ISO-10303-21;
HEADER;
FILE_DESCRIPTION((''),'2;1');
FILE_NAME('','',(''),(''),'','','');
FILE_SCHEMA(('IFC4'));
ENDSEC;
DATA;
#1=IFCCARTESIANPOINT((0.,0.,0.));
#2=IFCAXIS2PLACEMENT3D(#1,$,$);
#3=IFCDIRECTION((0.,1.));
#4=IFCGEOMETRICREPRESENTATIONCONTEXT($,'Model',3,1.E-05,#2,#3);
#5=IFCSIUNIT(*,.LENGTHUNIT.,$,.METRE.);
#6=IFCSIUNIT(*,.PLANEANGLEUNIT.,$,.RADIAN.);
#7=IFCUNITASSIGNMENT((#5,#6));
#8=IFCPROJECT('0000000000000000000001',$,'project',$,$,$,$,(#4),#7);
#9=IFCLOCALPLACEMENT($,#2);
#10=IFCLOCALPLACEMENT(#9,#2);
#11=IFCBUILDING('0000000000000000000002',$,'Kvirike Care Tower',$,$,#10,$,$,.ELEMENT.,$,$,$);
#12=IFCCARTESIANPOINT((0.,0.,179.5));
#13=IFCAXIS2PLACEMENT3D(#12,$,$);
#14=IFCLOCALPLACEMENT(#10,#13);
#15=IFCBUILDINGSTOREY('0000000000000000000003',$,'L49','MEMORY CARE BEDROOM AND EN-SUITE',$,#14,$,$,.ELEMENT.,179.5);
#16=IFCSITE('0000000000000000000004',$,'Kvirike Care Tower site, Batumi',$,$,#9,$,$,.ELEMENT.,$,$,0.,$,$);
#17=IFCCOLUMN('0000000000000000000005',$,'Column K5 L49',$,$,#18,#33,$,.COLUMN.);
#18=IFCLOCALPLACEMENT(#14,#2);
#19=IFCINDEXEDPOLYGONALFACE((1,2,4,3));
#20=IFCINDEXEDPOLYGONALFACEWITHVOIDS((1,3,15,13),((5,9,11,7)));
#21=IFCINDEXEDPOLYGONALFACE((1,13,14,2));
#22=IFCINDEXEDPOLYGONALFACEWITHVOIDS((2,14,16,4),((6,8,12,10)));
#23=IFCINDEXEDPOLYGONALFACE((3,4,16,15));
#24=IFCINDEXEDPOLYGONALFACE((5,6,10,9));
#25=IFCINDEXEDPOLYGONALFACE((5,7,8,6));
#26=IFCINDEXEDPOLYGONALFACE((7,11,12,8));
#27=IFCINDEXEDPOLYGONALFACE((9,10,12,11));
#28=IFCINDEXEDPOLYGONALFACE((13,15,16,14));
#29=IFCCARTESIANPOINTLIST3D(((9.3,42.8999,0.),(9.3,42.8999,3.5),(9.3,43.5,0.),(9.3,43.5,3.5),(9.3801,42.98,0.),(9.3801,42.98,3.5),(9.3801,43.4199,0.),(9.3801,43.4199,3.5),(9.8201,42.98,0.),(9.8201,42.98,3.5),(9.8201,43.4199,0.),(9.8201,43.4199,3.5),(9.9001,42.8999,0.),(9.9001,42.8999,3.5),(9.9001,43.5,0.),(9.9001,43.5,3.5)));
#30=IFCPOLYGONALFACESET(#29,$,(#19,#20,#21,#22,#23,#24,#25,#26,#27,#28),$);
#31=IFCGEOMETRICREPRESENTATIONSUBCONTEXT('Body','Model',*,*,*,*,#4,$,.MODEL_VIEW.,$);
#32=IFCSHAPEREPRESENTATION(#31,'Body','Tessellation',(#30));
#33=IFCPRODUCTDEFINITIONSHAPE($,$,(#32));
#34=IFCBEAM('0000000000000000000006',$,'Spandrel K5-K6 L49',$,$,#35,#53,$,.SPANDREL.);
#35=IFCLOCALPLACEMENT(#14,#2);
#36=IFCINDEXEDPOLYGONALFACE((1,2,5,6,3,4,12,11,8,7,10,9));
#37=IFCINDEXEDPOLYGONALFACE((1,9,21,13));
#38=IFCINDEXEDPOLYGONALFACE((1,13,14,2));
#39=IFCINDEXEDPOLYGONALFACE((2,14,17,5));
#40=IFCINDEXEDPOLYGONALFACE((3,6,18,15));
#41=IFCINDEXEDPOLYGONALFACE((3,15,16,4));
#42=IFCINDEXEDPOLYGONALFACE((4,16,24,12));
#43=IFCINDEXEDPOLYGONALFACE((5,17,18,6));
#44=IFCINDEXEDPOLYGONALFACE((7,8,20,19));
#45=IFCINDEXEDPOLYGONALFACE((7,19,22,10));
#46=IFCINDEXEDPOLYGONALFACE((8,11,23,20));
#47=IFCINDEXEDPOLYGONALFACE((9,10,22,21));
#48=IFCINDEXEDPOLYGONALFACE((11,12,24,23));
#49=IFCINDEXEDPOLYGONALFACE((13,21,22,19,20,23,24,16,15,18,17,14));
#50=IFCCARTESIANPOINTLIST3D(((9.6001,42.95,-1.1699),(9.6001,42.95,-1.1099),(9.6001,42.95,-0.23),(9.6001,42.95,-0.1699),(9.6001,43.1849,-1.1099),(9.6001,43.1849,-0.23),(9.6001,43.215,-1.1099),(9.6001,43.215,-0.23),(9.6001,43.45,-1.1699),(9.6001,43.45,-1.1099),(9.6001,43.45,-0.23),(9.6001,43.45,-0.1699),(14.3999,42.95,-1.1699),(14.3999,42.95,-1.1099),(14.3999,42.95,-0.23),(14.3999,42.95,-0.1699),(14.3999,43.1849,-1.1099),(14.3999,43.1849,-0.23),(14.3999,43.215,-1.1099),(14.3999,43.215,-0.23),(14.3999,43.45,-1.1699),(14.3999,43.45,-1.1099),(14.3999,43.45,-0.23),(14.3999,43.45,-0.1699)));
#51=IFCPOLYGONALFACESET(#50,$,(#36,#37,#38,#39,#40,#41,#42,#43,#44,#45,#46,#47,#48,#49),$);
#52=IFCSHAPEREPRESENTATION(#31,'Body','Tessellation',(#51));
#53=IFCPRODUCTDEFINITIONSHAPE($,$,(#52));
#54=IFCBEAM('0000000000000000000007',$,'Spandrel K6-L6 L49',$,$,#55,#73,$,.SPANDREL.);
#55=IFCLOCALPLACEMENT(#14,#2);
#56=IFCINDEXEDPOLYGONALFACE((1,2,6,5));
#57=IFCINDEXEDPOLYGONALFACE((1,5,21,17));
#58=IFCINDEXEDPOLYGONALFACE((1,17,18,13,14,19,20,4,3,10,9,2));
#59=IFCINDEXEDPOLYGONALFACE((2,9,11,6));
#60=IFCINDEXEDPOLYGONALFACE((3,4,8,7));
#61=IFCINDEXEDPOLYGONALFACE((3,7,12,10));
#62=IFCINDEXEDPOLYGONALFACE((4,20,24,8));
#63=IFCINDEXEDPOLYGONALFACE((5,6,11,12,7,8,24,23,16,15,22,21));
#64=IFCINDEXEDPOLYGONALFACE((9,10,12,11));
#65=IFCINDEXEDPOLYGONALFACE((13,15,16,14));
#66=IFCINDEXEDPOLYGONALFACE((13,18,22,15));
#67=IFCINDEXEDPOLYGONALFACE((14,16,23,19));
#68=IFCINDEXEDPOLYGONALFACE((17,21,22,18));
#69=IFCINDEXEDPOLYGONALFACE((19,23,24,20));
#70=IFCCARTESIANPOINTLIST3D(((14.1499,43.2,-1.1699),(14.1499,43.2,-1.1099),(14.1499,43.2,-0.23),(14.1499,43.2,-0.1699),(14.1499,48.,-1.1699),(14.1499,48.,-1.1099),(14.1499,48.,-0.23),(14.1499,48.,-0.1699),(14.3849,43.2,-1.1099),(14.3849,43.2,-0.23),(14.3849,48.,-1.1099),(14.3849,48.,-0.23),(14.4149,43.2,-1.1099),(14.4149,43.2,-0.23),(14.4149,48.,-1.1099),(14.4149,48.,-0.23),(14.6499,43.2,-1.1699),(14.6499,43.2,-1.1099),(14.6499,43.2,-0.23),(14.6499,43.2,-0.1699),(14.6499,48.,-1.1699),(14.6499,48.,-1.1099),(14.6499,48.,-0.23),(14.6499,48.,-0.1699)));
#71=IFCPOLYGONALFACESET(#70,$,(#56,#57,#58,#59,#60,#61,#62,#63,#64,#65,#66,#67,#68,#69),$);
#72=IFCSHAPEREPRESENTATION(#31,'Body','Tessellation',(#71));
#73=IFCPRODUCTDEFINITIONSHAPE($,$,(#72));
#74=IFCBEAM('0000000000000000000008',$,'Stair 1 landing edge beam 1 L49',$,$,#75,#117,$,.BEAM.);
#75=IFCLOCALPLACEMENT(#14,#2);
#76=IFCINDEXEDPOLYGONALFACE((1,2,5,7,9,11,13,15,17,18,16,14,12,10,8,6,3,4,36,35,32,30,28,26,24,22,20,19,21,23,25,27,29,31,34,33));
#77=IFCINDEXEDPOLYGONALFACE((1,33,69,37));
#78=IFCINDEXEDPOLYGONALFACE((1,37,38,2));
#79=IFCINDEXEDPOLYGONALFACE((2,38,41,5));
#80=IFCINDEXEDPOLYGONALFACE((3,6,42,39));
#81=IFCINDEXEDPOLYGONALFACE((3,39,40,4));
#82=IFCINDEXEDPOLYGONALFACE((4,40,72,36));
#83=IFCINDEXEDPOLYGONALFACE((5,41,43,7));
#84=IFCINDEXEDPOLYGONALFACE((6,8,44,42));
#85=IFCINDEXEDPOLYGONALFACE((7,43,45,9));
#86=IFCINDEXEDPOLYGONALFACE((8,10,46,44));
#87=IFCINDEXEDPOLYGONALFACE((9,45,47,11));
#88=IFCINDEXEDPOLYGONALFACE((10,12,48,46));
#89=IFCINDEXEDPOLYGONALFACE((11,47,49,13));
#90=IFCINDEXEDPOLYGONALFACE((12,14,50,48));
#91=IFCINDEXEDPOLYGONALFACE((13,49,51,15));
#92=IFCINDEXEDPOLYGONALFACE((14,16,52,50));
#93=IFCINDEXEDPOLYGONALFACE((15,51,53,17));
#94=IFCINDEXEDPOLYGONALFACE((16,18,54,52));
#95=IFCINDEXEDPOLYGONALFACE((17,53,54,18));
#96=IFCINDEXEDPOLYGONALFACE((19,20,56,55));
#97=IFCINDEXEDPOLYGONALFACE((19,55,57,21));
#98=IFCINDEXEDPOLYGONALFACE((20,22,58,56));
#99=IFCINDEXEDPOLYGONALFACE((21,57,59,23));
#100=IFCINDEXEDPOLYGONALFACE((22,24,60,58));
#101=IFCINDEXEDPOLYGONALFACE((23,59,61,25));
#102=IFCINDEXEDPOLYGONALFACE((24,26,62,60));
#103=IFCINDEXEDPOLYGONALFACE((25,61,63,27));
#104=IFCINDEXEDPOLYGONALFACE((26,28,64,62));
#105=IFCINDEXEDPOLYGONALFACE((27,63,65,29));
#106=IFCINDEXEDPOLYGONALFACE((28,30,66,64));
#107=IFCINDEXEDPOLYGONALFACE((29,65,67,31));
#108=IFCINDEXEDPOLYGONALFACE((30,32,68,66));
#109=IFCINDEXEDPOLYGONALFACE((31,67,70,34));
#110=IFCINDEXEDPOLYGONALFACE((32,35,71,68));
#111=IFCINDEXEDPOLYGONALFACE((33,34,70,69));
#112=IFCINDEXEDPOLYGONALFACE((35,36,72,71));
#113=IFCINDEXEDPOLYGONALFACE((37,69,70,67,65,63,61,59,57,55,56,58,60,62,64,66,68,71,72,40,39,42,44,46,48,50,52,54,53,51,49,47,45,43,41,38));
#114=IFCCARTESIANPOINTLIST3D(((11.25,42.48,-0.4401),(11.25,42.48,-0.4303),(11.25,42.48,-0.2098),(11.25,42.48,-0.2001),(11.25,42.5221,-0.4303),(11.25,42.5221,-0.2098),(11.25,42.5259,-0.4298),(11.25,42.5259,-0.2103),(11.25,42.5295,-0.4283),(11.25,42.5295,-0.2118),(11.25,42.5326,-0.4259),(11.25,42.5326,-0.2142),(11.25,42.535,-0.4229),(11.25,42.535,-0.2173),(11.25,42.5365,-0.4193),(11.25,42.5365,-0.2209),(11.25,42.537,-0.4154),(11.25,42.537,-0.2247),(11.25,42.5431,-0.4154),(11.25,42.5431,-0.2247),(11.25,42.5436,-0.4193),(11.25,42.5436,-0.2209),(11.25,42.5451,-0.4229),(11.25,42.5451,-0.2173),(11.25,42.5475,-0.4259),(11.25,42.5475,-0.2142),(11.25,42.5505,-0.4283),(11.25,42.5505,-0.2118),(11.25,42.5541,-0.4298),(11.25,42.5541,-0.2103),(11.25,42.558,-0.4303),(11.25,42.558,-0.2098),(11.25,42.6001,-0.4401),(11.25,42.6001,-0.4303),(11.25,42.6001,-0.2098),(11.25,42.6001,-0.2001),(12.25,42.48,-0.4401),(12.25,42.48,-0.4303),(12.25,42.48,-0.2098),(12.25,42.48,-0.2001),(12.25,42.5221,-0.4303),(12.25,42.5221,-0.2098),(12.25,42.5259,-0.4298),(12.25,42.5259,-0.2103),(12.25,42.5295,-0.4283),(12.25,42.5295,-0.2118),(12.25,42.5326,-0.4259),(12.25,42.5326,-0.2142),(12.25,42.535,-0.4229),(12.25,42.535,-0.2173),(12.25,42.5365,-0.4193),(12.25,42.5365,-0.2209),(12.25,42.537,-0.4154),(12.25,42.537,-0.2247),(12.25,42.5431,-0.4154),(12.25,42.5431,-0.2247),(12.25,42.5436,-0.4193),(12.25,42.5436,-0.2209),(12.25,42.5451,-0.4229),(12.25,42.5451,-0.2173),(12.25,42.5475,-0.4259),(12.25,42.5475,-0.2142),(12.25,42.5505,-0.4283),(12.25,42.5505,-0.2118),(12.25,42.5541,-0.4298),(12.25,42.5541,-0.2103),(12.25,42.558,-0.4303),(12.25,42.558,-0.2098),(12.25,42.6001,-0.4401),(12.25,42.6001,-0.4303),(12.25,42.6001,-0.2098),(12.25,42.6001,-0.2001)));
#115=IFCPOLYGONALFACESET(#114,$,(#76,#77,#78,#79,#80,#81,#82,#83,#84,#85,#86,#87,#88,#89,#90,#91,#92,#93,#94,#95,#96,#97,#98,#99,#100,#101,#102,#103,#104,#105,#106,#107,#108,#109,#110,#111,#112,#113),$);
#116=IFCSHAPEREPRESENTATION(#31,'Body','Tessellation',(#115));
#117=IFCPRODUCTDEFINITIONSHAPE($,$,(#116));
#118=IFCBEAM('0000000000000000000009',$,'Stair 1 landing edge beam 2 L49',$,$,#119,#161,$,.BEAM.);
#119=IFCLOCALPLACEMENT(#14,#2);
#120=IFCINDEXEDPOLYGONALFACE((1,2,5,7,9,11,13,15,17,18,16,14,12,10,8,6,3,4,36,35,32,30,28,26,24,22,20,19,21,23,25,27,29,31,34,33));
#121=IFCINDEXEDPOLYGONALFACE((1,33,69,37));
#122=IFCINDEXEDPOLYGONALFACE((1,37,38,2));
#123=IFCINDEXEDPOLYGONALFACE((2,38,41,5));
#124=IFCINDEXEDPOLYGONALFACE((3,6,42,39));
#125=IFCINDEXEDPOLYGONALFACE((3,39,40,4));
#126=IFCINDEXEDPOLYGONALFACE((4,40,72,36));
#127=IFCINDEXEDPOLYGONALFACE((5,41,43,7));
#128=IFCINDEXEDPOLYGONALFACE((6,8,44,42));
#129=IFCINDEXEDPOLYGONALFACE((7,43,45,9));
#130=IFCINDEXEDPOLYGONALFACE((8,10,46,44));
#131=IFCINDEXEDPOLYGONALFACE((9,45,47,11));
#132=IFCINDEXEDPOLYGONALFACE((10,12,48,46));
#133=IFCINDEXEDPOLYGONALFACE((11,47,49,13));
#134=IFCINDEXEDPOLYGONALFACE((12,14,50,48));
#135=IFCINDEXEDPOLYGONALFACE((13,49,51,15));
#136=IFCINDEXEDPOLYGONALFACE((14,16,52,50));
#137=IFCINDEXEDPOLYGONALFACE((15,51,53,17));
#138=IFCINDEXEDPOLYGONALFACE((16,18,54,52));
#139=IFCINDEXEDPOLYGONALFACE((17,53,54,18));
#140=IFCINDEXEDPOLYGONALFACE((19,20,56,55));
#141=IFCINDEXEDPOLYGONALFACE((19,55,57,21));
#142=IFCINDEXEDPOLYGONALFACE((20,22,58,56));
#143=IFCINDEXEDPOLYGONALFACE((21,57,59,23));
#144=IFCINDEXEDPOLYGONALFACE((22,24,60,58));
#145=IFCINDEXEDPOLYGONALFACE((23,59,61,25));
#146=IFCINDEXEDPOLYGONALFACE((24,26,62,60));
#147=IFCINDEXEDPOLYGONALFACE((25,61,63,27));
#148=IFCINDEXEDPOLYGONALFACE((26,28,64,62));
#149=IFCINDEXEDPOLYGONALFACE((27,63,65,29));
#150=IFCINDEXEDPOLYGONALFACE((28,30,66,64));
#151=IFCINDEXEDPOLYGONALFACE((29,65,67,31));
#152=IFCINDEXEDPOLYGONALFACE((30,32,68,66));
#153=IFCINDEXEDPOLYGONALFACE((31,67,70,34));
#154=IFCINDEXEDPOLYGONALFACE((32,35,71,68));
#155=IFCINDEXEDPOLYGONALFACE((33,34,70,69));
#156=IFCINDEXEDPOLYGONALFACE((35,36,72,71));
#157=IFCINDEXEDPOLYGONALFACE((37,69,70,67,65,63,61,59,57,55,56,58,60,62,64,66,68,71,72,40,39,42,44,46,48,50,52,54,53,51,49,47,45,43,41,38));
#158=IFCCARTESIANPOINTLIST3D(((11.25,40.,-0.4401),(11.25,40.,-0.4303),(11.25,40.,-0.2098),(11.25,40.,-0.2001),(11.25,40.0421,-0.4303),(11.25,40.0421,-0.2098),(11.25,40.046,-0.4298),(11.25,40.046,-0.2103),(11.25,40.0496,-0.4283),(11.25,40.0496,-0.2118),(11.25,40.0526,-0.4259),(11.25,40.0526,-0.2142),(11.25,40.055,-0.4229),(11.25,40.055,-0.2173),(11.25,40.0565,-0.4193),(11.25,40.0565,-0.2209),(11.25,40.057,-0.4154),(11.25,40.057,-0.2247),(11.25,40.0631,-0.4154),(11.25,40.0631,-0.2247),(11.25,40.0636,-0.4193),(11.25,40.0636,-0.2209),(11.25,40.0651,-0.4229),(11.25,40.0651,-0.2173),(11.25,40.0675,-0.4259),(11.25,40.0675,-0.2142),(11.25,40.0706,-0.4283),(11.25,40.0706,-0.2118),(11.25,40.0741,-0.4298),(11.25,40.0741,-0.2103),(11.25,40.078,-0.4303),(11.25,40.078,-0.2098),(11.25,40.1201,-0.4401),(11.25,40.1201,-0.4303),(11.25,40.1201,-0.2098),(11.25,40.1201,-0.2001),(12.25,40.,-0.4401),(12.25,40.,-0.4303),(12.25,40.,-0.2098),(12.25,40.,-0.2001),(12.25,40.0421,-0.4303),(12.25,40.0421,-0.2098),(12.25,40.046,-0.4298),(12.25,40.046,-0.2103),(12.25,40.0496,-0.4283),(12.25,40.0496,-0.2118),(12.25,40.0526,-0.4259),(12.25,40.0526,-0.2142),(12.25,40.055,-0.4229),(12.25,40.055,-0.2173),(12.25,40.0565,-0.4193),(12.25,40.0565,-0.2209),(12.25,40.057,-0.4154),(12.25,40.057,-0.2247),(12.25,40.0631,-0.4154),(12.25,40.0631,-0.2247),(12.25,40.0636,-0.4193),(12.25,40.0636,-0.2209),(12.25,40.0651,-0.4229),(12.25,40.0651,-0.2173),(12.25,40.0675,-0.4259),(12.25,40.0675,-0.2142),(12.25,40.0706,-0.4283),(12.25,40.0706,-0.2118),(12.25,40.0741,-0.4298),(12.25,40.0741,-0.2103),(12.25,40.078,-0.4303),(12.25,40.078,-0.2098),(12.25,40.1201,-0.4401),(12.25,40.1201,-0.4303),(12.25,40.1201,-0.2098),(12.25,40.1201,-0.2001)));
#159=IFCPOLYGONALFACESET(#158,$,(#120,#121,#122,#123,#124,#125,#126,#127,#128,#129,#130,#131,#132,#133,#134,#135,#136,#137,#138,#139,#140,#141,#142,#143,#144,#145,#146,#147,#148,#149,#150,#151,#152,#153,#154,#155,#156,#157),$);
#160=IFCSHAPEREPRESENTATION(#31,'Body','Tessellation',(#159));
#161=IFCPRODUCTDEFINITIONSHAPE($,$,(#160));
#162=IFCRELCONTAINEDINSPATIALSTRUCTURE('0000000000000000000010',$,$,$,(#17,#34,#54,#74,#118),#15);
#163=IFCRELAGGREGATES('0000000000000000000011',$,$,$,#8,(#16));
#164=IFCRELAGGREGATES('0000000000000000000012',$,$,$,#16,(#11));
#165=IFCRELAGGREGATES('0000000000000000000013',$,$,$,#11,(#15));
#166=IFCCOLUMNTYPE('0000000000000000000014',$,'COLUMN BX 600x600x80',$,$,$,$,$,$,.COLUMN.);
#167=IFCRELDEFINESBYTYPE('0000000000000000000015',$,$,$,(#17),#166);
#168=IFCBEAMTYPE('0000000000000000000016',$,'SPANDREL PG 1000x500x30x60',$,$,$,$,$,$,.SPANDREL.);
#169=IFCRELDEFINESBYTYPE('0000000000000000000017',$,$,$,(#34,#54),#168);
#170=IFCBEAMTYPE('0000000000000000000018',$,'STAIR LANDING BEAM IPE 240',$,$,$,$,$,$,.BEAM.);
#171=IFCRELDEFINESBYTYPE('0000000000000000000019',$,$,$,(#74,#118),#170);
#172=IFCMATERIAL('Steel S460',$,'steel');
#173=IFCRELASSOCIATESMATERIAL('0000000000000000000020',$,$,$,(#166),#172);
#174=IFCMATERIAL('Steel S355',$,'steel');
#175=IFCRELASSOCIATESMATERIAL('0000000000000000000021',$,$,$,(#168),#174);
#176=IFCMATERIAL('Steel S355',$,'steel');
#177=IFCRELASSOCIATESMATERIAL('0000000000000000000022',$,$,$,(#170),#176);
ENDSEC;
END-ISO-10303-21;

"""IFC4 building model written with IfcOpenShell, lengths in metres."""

from ifc_helpers import new_model, si_unit, direction, frame, origin, origin_2d, place, context, subcontext, project, spatial, hollow_rectangle, i_section, extrude, material, material_profile, profile_set, type_object, element, save


model = new_model("IFC4")

# Units and contexts
model_context = context("Model", 3, precision=1e-05, world=origin(), true_north=direction((0.0, 1.0)))
body_context = subcontext(model_context, "Body", "Model", "MODEL_VIEW")
ifc_project = project(units=[si_unit("LENGTHUNIT", "METRE"), si_unit("PLANEANGLEUNIT", "RADIAN")], contexts=[model_context])

# Site, building, storey
site_placement = place(None, origin())
site = spatial("IfcSite", under=ifc_project, at=site_placement, Name="Kvirike Care Tower site, Batumi", CompositionType="ELEMENT", RefElevation=0.0)
building_placement = place(site_placement, origin())
building = spatial("IfcBuilding", under=site, at=building_placement, Name="Kvirike Care Tower", CompositionType="ELEMENT")
storey_placement = place(building_placement, frame((0.0, 0.0, 179.5)))
storey = spatial("IfcBuildingStorey", under=building, at=storey_placement, Name="L49", Description="MEMORY CARE BEDROOM AND EN-SUITE", CompositionType="ELEMENT", Elevation=179.5)

# Column
ifc_material_1 = material(Name="Steel S460", Category="steel")
ifc_material_profile_1 = material_profile(ifc_material_1, hollow_rectangle(XDim=0.6001, YDim=0.6001, WallThickness=0.0801, at=origin_2d()), Name="BX 600x600x80")
ifc_profile_set_1 = profile_set([ifc_material_profile_1], Name="Steel S460")
column_type = type_object("IfcColumnType", Name="COLUMN BX 600x600x80", PredefinedType="COLUMN", material=ifc_profile_set_1)
column_placement = place(storey_placement, frame((9.6001, 43.2, 0.0), z_axis=(0.0, 0.0, 1.0), x_axis=(0.0, 1.0, 0.0)))
element("IfcColumn", 1, at=column_placement, inside=storey, type_object=column_type, Name="Column K5 L49", PredefinedType="COLUMN", context=body_context, shape_type="SweptSolid", body=[
    extrude(hollow_rectangle(XDim=0.6001, YDim=0.6001, WallThickness=0.0801, at=origin_2d()), origin(), (0.0, 0.0, 1.0), 3.5),
])

# Beams
ifc_material_2 = material(Name="Steel S355", Category="steel")
ifc_material_profile_2 = material_profile(ifc_material_2, i_section(OverallWidth=0.5, OverallDepth=1.0, WebThickness=0.03, FlangeThickness=0.0601, at=origin_2d()), Name="PG 1000x500x30x60")
ifc_profile_set_2 = profile_set([ifc_material_profile_2], Name="Steel S355")
beam_type_1 = type_object("IfcBeamType", Name="SPANDREL PG 1000x500x30x60", PredefinedType="SPANDREL", material=ifc_profile_set_2)
beam_1_placement = place(storey_placement, frame((9.6001, 43.2, -0.6699), z_axis=(1.0, 0.0, 0.0), x_axis=(0.0, 1.0, 0.0)))
element("IfcBeam", 2, at=beam_1_placement, inside=storey, type_object=beam_type_1, Name="Spandrel K5-K6 L49", PredefinedType="SPANDREL", context=body_context, shape_type="SweptSolid", body=[
    extrude(i_section(OverallWidth=0.5, OverallDepth=1.0, WebThickness=0.03, FlangeThickness=0.0601, at=origin_2d()), origin(), (0.0, 0.0, 1.0), 4.7998),
])
beam_2_placement = place(storey_placement, frame((14.3999, 43.2, -0.6699), z_axis=(0.0, 1.0, 0.0), x_axis=(-1.0, 0.0, 0.0)))
element("IfcBeam", 3, at=beam_2_placement, inside=storey, type_object=beam_type_1, Name="Spandrel K6-L6 L49", PredefinedType="SPANDREL", context=body_context, shape_type="SweptSolid", body=[
    extrude(i_section(OverallWidth=0.5, OverallDepth=1.0, WebThickness=0.03, FlangeThickness=0.0601, at=origin_2d()), origin(), (0.0, 0.0, 1.0), 4.8),
])
ifc_material_3 = material(Name="Steel S355", Category="steel")
ifc_material_profile_3 = material_profile(ifc_material_3, i_section(OverallWidth=0.1201, OverallDepth=0.24, WebThickness=0.0061, FlangeThickness=0.0098, FilletRadius=0.0149, at=origin_2d()), Name="IPE 240")
ifc_profile_set_3 = profile_set([ifc_material_profile_3], Name="Steel S355")
beam_type_2 = type_object("IfcBeamType", Name="STAIR LANDING BEAM IPE 240", PredefinedType="BEAM", material=ifc_profile_set_3)
for number, where, z_axis, x_axis, name in (
    (4, (11.25, 42.54, -0.3201), (1.0, 0.0, 0.0), (0.0, 1.0, 0.0), "Stair 1 landing edge beam 1 L49"),
    (5, (11.25, 40.0601, -0.3201), (1.0, 0.0, 0.0), (0.0, 1.0, 0.0), "Stair 1 landing edge beam 2 L49"),
):
    element("IfcBeam", number, at=place(storey_placement, frame(where, z_axis=z_axis, x_axis=x_axis)), inside=storey, type_object=beam_type_2, Name=name, PredefinedType="BEAM", context=body_context, shape_type="SweptSolid", body=[
        extrude(i_section(OverallWidth=0.1201, OverallDepth=0.24, WebThickness=0.0061, FlangeThickness=0.0098, FilletRadius=0.0149, at=origin_2d()), origin(), (0.0, 0.0, 1.0), 1.0),
    ])

save(model, "model.ifc")
